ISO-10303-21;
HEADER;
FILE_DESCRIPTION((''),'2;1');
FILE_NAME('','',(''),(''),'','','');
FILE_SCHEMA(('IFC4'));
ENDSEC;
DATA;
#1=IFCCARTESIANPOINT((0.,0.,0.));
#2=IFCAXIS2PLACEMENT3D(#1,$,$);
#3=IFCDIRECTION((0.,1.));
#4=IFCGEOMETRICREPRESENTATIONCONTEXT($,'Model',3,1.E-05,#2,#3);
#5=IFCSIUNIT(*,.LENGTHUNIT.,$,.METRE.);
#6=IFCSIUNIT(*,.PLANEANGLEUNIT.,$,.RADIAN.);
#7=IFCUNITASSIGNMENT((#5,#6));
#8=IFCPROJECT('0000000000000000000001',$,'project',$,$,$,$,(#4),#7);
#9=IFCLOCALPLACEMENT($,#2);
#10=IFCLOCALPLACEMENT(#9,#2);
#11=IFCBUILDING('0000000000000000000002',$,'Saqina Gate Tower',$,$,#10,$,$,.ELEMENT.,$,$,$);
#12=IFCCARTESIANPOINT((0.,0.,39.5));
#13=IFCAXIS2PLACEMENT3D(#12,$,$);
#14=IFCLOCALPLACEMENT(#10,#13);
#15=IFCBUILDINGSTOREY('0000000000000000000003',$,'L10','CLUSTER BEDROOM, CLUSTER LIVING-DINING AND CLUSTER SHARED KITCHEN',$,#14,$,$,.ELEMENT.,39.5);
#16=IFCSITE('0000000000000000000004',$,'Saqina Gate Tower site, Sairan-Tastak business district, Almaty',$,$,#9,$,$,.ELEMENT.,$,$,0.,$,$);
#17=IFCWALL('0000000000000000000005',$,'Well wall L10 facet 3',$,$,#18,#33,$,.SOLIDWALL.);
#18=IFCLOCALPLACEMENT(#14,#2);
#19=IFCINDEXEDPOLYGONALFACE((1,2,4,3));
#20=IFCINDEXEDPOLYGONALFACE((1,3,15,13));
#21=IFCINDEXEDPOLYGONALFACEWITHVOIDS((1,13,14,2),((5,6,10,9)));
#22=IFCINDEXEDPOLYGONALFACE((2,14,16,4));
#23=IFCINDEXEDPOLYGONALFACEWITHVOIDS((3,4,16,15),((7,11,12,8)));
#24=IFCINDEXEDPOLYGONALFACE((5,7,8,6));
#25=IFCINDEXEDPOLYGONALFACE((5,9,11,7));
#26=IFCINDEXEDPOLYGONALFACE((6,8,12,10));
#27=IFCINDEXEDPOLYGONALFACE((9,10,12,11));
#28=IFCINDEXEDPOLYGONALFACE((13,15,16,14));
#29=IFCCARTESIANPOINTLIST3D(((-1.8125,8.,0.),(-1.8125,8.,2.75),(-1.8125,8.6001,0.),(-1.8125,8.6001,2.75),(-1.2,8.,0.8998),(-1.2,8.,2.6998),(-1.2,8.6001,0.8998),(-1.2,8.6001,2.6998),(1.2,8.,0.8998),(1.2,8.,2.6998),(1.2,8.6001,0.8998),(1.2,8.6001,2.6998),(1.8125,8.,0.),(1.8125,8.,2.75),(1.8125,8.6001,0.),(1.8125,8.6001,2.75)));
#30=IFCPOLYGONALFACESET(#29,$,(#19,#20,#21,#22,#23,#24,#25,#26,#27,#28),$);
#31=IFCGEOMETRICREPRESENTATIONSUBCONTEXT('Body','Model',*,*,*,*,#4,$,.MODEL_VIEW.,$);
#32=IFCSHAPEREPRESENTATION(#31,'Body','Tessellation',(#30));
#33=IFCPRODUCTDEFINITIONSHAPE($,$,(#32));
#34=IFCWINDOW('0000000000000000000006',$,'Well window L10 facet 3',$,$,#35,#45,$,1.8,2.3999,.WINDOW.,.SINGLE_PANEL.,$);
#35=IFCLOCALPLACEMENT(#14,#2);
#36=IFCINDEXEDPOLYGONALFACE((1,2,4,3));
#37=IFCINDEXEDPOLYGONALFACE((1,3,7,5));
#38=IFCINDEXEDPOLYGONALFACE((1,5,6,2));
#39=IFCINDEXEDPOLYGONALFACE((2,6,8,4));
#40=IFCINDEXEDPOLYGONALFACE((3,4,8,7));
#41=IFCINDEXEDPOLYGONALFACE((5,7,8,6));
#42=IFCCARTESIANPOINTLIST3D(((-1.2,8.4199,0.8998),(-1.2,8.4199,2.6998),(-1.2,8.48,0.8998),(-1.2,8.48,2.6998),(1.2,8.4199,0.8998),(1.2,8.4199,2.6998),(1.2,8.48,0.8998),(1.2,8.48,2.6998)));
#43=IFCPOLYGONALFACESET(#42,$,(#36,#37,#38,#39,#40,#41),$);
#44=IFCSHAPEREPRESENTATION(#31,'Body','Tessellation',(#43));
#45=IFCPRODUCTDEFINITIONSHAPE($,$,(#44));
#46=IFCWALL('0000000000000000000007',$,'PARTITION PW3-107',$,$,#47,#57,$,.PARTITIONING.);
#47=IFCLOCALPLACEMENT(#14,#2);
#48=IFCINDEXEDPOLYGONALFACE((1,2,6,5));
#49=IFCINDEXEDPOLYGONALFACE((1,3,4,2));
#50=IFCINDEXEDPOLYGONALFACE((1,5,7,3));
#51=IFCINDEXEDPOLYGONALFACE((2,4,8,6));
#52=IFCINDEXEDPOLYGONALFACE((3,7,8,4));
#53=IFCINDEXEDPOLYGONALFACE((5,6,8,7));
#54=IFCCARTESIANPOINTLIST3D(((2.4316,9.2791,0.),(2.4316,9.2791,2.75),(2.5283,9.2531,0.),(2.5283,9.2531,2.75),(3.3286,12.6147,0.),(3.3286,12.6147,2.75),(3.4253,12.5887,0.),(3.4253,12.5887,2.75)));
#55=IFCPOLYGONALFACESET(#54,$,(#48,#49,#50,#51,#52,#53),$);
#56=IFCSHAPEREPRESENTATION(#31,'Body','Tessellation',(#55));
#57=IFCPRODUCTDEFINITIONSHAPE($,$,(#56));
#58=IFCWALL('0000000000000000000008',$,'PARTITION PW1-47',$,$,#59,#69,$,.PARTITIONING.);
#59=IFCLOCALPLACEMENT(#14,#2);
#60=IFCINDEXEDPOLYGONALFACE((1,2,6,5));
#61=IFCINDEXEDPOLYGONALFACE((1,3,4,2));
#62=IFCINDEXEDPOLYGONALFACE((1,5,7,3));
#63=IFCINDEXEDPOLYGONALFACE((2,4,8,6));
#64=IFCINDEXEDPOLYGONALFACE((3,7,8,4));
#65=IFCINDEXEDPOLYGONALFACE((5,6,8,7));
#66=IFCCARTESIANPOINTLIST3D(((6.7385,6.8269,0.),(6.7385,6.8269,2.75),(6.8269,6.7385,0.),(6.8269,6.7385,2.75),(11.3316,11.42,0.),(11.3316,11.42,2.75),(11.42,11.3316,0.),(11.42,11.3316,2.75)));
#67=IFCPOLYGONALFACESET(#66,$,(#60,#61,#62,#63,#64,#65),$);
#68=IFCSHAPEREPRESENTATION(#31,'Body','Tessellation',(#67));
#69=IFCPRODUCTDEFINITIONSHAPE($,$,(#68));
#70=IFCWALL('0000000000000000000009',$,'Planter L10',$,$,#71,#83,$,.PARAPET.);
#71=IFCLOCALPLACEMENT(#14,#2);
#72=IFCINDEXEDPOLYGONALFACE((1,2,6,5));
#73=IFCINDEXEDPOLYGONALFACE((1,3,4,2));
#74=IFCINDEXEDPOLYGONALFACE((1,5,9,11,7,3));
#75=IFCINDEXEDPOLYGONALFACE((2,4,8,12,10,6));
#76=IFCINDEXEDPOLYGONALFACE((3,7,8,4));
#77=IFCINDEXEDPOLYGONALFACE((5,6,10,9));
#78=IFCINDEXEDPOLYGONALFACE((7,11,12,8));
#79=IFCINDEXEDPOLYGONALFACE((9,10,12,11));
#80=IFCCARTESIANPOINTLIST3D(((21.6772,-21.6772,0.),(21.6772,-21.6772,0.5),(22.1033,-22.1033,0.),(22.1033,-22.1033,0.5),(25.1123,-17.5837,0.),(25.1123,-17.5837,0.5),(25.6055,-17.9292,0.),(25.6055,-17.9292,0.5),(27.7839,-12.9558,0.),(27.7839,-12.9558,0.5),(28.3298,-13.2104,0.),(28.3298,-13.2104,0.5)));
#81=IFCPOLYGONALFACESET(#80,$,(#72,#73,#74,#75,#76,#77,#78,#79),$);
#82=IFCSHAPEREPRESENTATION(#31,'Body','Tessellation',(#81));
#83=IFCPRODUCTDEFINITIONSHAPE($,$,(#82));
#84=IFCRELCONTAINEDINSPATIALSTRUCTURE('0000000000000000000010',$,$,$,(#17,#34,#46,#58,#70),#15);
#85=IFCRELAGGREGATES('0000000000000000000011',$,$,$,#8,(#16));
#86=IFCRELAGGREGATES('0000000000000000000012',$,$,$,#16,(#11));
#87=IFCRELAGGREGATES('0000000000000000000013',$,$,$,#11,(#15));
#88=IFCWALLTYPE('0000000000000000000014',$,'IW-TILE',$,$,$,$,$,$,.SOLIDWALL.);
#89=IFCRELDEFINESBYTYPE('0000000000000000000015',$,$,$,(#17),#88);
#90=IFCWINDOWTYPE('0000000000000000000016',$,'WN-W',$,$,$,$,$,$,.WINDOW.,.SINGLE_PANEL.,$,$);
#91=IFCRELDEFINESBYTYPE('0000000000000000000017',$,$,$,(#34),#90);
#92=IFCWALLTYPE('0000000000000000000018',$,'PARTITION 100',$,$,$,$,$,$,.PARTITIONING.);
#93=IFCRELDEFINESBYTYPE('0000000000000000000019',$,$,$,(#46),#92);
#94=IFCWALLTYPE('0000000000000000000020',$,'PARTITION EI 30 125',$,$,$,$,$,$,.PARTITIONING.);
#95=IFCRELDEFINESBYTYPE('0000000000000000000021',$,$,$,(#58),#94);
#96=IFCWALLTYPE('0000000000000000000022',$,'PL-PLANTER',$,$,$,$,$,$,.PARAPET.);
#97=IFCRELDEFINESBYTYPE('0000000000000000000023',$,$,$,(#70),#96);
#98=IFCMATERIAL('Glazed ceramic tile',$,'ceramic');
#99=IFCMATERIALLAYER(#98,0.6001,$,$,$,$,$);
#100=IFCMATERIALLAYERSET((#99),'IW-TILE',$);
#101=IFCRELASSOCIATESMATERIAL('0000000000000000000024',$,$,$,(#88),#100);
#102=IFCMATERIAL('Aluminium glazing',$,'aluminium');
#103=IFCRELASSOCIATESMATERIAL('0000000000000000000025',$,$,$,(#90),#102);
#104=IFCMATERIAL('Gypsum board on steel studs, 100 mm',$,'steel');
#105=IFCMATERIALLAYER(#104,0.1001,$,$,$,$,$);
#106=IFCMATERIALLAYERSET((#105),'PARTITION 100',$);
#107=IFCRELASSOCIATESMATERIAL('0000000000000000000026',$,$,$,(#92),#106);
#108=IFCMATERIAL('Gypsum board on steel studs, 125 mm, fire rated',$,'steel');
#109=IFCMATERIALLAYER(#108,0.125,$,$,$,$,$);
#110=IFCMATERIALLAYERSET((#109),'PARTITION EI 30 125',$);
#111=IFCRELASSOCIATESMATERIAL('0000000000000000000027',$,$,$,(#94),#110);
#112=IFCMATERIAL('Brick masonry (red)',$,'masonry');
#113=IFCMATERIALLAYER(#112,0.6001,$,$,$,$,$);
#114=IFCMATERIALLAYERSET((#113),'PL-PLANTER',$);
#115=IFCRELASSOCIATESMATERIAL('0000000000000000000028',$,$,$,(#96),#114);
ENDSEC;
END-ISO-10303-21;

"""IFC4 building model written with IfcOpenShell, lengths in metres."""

from ifc_helpers import new_model, si_unit, direction, frame, frame_2d, origin, place, context, subcontext, project, spatial, polyline, rectangle, outline, extrude, material, layer, layer_set, type_object, element, fill, save


model = new_model("IFC4")

# Units and contexts
model_context = context("Model", 3, precision=1e-05, world=origin(), true_north=direction((0.0, 1.0)))
body_context = subcontext(model_context, "Body", "Model", "MODEL_VIEW")
ifc_project = project(units=[si_unit("LENGTHUNIT", "METRE"), si_unit("PLANEANGLEUNIT", "RADIAN")], contexts=[model_context])

# Site, building, storey
site_placement = place(None, origin())
site = spatial("IfcSite", under=ifc_project, at=site_placement, Name="Saqina Gate Tower site, Sairan-Tastak business district, Almaty", CompositionType="ELEMENT", RefElevation=0.0)
building_placement = place(site_placement, origin())
building = spatial("IfcBuilding", under=site, at=building_placement, Name="Saqina Gate Tower", CompositionType="ELEMENT")
storey_placement = place(building_placement, frame((0.0, 0.0, 39.5)))
storey = spatial("IfcBuildingStorey", under=building, at=storey_placement, Name="L10", Description="CLUSTER BEDROOM, CLUSTER LIVING-DINING AND CLUSTER SHARED KITCHEN", CompositionType="ELEMENT", Elevation=39.5)

# Wall, opening, window
ifc_material_1 = material(Name="Glazed ceramic tile", Category="ceramic")
ifc_layer_1 = layer(ifc_material_1, 0.6001)
ifc_layer_set_1 = layer_set([ifc_layer_1], Name="IW-TILE")
wall_type_1 = type_object("IfcWallType", Name="IW-TILE", PredefinedType="SOLIDWALL", material=ifc_layer_set_1)
ifc_material_2 = material(Name="Aluminium glazing", Category="aluminium")
window_type = type_object("IfcWindowType", Name="WN-W", PartitioningType="SINGLE_PANEL", PredefinedType="WINDOW", material=ifc_material_2)
wall_1_placement = place(storey_placement, frame((1.8125, 8.3, 0.0), z_axis=(0.0, 0.0, 1.0), x_axis=(-1.0, 0.0, 0.0)))
wall_1 = element("IfcWall", 1, at=wall_1_placement, inside=storey, type_object=wall_type_1, Name="Well wall L10 facet 3", PredefinedType="SOLIDWALL", context=body_context, shape_type="SweptSolid", body=[
    extrude(rectangle(XDim=3.625, YDim=0.6001, at=frame_2d((1.8125, 0.0))), origin(), (0.0, 0.0, 1.0), 2.75),
])
opening_1_placement = place(wall_1_placement, frame((0.6125, 0.0, 0.8999)))
opening_1 = element("IfcOpeningElement", 2, at=opening_1_placement, cuts=wall_1, PredefinedType="OPENING", context=body_context, shape_type="SweptSolid", body=[
    extrude(rectangle(XDim=2.3999, YDim=1.8, at=frame_2d((1.2, 0.8999))), frame((0.0, 0.312, 0.0), z_axis=(0.0, -1.0, 0.0), x_axis=(1.0, 0.0, 0.0)), (0.0, 0.0, 1.0), 0.624),
])
window_1_placement = place(opening_1_placement, origin())
window_1 = element("IfcWindow", 3, at=window_1_placement, inside=storey, type_object=window_type, Name="Well window L10 facet 3", OverallHeight=1.8, OverallWidth=2.3999, PartitioningType="SINGLE_PANEL", PredefinedType="WINDOW", context=body_context, shape_type="SweptSolid", body=[
    extrude(rectangle(XDim=2.3999, YDim=1.8, at=frame_2d((1.2, 0.8999))), frame((0.0, -0.1199, 0.0), z_axis=(0.0, -1.0, 0.0), x_axis=(1.0, 0.0, 0.0)), (0.0, 0.0, 1.0), 0.0601),
])
fill(opening_1, window_1)

# Walls
ifc_material_3 = material(Name="Gypsum board on steel studs, 100 mm", Category="steel")
ifc_layer_2 = layer(ifc_material_3, 0.1001)
ifc_layer_set_2 = layer_set([ifc_layer_2], Name="PARTITION 100")
wall_type_2 = type_object("IfcWallType", Name="PARTITION 100", PredefinedType="PARTITIONING", material=ifc_layer_set_2)
wall_2_placement = place(storey_placement, frame((2.48, 9.2661, 0.0), z_axis=(0.0, 0.0, 1.0), x_axis=(0.259677, 0.965696, 0.0)))
element("IfcWall", 4, at=wall_2_placement, inside=storey, type_object=wall_type_2, Name="PARTITION PW3-107", PredefinedType="PARTITIONING", context=body_context, shape_type="SweptSolid", body=[
    extrude(rectangle(XDim=3.4541, YDim=0.1001, at=frame_2d((1.7271, 0.0))), origin(), (0.0, 0.0, 1.0), 2.75),
])
ifc_material_4 = material(Name="Gypsum board on steel studs, 125 mm, fire rated", Category="steel")
ifc_layer_3 = layer(ifc_material_4, 0.125)
ifc_layer_set_3 = layer_set([ifc_layer_3], Name="PARTITION EI 30 125")
wall_type_3 = type_object("IfcWallType", Name="PARTITION EI 30 125", PredefinedType="PARTITIONING", material=ifc_layer_set_3)
wall_3_placement = place(storey_placement, frame((6.7827, 6.7827, 0.0), z_axis=(0.0, 0.0, 1.0), x_axis=(0.707107, 0.707107, 0.0)))
element("IfcWall", 5, at=wall_3_placement, inside=storey, type_object=wall_type_3, Name="PARTITION PW1-47", PredefinedType="PARTITIONING", context=body_context, shape_type="SweptSolid", body=[
    extrude(rectangle(XDim=6.4956, YDim=0.125, at=frame_2d((3.2478, 0.0))), origin(), (0.0, 0.0, 1.0), 2.75),
])
ifc_material_5 = material(Name="Brick masonry (red)", Category="masonry")
ifc_layer_4 = layer(ifc_material_5, 0.6001)
ifc_layer_set_4 = layer_set([ifc_layer_4], Name="PL-PLANTER")
wall_type_4 = type_object("IfcWallType", Name="PL-PLANTER", PredefinedType="PARAPET", material=ifc_layer_set_4)
wall_4_placement = place(storey_placement, origin())
element("IfcWall", 6, at=wall_4_placement, inside=storey, type_object=wall_type_4, Name="Planter L10", PredefinedType="PARAPET", context=body_context, shape_type="SweptSolid", body=[
    extrude(outline(polyline([(22.1033, -22.1033), (25.6055, -17.9292), (28.3298, -13.2104), (27.7839, -12.9558), (25.1123, -17.5837), (21.6772, -21.6772), (22.1033, -22.1033)])), origin(), (0.0, 0.0, 1.0), 0.5),
])

save(model, "model.ifc")
